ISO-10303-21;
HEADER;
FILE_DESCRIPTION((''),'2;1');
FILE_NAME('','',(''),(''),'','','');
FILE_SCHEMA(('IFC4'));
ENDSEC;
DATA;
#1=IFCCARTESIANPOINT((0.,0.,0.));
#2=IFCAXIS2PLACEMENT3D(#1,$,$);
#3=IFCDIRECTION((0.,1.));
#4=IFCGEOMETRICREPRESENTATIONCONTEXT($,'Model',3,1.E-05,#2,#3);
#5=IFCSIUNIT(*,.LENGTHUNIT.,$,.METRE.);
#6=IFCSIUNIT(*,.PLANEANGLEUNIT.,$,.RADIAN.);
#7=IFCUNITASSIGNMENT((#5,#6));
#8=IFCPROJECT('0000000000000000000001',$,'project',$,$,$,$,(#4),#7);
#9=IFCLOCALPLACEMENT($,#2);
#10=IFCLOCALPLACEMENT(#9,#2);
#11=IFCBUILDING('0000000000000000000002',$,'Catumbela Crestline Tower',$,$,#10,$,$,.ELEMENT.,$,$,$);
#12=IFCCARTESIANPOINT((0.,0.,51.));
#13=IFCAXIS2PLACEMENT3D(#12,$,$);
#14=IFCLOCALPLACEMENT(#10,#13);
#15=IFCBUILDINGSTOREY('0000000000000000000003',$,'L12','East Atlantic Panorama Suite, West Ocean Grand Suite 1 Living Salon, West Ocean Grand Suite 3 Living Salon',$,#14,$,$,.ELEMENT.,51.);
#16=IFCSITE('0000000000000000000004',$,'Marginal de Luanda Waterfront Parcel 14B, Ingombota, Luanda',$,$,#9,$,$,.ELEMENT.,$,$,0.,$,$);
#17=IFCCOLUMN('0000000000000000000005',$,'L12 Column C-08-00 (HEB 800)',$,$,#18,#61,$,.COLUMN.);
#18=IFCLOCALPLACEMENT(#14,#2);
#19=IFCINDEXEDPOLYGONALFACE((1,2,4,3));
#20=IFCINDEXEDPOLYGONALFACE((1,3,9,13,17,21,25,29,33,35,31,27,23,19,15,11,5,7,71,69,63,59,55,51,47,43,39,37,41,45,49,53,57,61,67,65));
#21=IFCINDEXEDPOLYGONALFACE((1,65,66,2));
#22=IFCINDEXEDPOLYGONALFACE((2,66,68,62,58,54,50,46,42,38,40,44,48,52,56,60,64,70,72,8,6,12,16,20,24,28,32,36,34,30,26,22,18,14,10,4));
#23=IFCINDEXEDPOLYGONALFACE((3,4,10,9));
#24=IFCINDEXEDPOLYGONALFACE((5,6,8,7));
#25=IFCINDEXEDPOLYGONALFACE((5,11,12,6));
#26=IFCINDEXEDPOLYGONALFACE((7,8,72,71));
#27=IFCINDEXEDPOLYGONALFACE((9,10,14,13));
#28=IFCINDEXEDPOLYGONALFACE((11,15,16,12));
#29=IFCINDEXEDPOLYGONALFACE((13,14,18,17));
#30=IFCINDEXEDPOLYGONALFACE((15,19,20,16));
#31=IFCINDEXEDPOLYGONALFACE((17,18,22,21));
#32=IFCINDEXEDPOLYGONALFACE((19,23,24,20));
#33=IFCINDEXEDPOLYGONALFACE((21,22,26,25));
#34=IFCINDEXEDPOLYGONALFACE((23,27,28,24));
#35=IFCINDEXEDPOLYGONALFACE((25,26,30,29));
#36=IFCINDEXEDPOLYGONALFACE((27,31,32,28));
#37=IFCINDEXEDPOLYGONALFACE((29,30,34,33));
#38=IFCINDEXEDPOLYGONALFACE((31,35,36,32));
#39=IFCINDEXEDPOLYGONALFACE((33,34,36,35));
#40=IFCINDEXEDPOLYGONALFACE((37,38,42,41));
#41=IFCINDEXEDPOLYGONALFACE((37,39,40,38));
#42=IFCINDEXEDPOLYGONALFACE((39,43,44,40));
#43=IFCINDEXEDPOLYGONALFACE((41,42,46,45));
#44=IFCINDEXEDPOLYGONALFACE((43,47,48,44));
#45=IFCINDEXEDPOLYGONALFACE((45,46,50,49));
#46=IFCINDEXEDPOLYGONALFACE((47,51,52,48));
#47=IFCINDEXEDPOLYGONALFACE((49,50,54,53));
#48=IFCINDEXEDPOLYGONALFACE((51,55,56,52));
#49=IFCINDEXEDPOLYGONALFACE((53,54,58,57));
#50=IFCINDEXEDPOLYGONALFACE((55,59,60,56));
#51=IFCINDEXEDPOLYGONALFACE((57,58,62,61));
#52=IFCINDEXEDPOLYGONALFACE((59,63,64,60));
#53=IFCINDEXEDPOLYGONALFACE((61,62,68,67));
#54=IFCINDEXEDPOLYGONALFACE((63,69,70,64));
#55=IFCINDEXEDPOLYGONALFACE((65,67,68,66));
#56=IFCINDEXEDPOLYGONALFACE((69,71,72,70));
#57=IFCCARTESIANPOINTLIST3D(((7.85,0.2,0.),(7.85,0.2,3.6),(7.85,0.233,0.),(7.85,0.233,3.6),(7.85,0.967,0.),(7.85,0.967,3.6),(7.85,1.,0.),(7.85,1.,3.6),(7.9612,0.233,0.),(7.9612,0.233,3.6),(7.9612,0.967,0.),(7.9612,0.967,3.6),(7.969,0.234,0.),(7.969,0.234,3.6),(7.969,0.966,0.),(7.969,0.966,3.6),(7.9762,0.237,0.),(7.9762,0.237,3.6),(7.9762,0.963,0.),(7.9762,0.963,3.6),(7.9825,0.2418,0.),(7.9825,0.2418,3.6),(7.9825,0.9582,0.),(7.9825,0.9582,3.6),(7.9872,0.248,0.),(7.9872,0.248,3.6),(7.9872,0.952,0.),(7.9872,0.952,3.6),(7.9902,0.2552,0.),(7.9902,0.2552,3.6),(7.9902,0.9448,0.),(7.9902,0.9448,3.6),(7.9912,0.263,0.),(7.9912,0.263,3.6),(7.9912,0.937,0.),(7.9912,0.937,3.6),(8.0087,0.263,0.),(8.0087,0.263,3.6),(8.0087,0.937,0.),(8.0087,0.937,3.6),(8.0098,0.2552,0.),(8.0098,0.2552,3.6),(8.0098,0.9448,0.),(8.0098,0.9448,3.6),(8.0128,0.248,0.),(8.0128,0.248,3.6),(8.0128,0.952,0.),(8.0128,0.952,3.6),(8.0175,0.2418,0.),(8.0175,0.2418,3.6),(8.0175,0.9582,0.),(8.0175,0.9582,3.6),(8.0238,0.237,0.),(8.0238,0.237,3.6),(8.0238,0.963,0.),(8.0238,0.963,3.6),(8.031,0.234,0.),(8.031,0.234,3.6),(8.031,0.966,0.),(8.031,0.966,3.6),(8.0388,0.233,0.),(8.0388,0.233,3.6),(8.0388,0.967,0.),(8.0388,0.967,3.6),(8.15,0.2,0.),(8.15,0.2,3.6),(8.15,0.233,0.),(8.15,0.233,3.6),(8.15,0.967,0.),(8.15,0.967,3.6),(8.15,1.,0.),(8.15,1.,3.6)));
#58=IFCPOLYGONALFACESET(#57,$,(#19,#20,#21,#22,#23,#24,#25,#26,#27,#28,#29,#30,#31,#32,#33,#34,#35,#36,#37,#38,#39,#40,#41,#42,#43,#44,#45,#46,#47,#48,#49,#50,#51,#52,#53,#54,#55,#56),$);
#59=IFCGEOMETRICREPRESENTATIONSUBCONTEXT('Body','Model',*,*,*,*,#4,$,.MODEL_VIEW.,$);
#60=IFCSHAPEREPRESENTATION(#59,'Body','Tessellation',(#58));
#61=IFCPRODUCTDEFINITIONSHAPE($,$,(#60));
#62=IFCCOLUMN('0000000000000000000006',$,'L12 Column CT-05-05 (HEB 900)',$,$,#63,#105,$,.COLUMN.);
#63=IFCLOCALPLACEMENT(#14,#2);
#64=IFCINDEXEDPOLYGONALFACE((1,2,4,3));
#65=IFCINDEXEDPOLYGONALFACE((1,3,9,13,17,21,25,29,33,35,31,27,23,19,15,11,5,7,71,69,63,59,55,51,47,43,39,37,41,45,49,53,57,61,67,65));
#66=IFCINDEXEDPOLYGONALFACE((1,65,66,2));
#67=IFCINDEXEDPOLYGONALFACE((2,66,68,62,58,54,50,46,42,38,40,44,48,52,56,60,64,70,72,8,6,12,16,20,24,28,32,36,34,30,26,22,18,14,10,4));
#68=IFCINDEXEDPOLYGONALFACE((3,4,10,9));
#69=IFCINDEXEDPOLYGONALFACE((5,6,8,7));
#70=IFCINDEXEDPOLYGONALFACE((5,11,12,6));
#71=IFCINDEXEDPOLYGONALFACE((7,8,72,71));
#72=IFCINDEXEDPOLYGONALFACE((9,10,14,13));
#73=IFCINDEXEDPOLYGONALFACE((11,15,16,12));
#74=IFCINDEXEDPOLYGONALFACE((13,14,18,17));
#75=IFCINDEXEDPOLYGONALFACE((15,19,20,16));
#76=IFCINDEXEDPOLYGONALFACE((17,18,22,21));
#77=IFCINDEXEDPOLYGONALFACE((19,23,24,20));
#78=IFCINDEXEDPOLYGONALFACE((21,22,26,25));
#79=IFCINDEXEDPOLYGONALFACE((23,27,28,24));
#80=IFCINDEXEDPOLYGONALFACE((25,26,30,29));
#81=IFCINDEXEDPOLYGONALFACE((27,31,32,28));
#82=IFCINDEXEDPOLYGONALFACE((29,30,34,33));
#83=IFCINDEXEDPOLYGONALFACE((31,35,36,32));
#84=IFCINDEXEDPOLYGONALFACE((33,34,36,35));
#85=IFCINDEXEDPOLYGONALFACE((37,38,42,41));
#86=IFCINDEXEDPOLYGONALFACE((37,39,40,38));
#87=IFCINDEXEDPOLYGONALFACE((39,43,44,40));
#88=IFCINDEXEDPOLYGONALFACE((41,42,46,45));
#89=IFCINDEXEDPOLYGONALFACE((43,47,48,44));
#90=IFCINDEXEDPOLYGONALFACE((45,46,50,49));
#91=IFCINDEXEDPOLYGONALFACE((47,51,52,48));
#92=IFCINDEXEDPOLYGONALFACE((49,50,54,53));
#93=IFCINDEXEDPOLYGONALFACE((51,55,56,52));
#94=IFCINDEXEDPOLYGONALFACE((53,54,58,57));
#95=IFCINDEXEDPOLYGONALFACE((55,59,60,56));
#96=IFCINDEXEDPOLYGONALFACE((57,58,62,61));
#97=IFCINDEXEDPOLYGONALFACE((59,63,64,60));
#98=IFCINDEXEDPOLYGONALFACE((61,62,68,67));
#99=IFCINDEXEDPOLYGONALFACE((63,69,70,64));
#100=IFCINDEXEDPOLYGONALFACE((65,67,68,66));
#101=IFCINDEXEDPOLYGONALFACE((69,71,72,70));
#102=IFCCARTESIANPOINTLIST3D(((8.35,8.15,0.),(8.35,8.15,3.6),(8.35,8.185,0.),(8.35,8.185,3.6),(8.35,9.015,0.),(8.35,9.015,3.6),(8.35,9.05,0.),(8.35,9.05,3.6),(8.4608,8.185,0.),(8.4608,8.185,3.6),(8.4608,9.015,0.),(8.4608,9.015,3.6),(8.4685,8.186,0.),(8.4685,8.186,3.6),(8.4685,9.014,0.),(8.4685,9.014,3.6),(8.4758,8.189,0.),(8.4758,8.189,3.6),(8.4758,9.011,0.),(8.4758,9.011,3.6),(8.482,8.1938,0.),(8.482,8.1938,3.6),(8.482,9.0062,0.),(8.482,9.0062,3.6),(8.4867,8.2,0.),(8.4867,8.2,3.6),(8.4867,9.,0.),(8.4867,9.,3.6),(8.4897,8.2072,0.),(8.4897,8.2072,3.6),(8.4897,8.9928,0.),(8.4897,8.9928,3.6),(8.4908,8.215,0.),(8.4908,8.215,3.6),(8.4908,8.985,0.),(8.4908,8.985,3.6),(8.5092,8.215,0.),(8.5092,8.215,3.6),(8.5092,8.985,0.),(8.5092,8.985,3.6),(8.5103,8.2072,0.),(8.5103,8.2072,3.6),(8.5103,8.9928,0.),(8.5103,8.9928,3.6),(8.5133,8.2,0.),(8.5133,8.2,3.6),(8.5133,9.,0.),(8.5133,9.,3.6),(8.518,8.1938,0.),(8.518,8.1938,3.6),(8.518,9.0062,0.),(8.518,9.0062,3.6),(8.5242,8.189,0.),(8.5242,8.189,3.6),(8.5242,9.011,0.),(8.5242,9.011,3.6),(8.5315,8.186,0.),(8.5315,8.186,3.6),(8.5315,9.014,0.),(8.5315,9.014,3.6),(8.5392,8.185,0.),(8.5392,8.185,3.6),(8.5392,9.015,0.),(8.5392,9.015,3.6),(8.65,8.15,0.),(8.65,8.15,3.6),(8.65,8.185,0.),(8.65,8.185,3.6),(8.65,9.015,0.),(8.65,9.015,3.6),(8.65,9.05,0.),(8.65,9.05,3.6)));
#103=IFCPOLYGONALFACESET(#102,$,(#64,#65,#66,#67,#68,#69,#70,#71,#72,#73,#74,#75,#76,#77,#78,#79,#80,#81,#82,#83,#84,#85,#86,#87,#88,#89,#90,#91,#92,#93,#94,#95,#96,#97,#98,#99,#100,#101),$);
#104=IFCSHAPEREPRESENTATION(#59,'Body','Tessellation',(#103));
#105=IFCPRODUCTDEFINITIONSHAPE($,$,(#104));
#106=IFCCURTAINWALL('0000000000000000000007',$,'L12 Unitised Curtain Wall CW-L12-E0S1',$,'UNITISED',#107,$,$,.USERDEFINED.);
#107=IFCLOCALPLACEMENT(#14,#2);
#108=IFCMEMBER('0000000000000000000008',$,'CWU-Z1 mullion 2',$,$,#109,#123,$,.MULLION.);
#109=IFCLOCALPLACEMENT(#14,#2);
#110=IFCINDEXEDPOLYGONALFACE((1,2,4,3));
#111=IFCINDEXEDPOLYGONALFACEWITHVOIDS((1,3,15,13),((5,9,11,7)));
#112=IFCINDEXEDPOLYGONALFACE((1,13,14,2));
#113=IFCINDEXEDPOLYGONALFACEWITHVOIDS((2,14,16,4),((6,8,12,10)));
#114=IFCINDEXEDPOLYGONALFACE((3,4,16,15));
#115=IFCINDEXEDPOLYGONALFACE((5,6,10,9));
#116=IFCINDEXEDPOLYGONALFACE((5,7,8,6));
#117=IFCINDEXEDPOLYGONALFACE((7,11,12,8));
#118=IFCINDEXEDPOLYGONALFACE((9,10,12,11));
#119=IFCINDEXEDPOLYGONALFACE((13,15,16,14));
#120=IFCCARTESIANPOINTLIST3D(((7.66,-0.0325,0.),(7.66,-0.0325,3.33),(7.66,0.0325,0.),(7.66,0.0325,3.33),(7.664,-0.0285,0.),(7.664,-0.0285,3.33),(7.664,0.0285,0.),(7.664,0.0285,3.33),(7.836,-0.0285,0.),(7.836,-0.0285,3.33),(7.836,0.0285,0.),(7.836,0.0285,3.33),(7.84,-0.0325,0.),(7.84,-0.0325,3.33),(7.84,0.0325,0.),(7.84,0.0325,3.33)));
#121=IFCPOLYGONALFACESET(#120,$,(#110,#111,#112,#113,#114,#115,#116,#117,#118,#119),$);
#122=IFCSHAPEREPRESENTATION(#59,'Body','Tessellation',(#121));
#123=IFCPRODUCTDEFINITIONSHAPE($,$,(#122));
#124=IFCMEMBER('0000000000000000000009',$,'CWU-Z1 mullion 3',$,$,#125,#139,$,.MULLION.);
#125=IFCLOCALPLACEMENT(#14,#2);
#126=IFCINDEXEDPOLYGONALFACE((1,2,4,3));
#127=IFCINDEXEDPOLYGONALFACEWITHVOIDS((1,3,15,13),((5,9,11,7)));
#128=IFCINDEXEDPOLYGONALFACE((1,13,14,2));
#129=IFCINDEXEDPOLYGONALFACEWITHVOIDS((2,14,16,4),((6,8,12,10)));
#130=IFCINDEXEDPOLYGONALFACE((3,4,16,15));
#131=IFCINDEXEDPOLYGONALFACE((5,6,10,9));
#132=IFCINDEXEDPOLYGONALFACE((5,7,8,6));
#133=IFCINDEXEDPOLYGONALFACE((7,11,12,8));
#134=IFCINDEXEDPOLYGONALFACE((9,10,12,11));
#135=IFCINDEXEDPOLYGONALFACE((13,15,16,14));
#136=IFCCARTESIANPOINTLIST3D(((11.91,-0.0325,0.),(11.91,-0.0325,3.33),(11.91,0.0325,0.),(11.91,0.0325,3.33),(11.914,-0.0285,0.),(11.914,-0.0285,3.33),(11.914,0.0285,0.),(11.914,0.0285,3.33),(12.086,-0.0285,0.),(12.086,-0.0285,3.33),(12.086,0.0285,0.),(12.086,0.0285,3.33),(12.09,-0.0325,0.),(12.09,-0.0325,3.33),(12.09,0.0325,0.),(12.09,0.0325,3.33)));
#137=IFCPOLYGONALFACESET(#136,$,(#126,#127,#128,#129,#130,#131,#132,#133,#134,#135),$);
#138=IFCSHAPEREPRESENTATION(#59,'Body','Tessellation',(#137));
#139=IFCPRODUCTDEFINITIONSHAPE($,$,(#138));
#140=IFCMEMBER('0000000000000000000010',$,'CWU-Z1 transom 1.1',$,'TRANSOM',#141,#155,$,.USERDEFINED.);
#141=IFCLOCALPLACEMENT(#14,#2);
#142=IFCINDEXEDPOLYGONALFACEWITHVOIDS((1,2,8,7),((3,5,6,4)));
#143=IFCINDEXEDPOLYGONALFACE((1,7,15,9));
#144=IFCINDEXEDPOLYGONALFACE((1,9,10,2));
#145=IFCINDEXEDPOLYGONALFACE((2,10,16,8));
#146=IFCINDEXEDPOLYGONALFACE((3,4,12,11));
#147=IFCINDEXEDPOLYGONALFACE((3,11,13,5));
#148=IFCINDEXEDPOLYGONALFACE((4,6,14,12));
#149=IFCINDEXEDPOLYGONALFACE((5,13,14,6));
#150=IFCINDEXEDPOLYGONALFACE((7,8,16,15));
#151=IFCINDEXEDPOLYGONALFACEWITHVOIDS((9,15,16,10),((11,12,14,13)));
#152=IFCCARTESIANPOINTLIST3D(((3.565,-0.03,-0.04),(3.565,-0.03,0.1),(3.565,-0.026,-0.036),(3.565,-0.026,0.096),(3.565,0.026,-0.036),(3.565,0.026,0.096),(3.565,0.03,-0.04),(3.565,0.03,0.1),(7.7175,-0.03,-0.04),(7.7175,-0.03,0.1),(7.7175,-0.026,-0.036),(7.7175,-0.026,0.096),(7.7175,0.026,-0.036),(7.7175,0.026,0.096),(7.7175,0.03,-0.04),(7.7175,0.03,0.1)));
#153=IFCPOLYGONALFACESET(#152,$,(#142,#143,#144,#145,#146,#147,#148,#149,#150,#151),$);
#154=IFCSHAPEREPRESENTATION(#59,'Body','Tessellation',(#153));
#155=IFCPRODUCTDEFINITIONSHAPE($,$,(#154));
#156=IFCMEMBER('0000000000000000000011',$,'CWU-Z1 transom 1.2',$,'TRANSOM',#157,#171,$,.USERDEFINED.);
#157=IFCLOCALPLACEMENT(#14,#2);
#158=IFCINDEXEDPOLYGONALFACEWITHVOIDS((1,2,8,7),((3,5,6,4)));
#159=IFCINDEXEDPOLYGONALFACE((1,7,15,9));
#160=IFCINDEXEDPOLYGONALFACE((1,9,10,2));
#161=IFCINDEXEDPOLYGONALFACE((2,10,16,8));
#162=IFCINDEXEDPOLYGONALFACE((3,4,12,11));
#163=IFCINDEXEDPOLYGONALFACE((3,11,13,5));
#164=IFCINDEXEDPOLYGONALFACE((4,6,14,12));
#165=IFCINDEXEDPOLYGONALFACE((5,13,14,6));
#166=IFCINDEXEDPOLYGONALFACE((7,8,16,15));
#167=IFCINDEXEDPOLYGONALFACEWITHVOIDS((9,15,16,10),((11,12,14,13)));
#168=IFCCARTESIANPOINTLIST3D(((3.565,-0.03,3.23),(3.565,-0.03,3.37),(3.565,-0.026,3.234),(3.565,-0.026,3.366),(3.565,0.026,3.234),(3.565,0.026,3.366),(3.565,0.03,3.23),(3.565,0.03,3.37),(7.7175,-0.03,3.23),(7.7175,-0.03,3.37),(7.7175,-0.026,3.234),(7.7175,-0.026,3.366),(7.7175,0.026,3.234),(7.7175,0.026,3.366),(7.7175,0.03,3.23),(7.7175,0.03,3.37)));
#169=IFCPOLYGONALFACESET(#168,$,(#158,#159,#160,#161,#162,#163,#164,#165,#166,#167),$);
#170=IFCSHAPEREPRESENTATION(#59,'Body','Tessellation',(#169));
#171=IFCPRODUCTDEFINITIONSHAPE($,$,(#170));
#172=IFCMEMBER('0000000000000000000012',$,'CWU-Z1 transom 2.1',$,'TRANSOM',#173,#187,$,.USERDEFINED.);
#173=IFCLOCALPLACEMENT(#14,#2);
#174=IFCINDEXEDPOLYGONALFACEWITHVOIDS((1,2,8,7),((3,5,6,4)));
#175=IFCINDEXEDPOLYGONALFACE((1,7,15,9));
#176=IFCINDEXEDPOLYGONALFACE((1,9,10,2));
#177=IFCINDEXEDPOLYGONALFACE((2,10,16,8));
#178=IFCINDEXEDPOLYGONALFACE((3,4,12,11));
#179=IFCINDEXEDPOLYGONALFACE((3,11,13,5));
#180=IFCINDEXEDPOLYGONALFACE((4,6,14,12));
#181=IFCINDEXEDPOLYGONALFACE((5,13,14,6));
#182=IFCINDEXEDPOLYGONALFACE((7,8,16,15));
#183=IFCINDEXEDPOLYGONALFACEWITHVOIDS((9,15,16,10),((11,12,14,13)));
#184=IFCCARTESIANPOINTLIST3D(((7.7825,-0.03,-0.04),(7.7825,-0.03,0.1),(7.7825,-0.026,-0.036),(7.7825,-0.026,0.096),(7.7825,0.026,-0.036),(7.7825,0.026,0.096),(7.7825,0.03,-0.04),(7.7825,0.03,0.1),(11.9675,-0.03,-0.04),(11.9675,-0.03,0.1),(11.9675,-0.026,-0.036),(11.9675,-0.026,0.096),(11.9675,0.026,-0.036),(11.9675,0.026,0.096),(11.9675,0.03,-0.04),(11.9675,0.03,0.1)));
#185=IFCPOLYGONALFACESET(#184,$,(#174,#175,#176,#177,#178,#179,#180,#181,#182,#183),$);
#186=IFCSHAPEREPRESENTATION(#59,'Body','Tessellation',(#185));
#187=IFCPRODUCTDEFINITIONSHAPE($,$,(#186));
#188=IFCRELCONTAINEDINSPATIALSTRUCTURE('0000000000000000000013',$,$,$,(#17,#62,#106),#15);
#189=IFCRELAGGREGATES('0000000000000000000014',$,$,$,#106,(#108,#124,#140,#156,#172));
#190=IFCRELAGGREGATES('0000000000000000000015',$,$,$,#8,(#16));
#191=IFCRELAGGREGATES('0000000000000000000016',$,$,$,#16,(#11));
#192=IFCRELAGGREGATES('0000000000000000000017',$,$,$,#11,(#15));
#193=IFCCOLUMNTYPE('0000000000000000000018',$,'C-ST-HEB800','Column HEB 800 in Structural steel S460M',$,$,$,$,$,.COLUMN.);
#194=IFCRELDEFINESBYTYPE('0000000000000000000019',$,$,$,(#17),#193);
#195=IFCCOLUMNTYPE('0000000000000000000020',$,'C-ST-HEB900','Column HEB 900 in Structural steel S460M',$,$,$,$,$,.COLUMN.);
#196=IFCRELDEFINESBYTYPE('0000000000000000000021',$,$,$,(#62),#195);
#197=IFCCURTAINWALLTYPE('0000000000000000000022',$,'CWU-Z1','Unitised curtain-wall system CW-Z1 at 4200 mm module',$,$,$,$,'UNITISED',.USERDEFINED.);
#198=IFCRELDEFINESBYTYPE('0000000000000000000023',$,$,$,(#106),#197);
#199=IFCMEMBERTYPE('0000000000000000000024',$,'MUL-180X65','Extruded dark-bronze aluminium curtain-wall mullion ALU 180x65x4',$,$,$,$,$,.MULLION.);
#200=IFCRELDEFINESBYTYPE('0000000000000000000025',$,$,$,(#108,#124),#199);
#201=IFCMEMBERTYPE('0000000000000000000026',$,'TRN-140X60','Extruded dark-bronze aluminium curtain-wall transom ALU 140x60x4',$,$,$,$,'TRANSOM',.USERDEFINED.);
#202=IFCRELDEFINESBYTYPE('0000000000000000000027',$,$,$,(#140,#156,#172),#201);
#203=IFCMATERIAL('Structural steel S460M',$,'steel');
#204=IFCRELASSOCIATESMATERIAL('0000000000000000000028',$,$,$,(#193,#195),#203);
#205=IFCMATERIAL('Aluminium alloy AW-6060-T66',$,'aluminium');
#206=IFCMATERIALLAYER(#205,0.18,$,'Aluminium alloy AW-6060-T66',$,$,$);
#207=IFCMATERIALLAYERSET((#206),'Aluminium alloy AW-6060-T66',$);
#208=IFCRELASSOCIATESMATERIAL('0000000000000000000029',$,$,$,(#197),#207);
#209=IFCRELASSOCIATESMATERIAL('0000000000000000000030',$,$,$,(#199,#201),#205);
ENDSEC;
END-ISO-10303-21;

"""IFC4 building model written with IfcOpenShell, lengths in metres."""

from ifc_helpers import new_model, si_unit, direction, frame, origin, origin_2d, place, context, subcontext, project, spatial, hollow_rectangle, i_section, extrude, material, layer, layer_set, material_profile, profile_set, type_object, element, aggregate, save


model = new_model("IFC4")

# Units and contexts
model_context = context("Model", 3, precision=1e-05, world=origin(), true_north=direction((0.0, 1.0)))
body_context = subcontext(model_context, "Body", "Model", "MODEL_VIEW")
ifc_project = project(units=[si_unit("LENGTHUNIT", "METRE"), si_unit("PLANEANGLEUNIT", "RADIAN")], contexts=[model_context])

# Site, building, storey
site_placement = place(None, origin())
site = spatial("IfcSite", under=ifc_project, at=site_placement, Name="Marginal de Luanda Waterfront Parcel 14B, Ingombota, Luanda", CompositionType="ELEMENT", RefElevation=0.0)
building_placement = place(site_placement, origin())
building = spatial("IfcBuilding", under=site, at=building_placement, Name="Catumbela Crestline Tower", CompositionType="ELEMENT")
storey_placement = place(building_placement, frame((0.0, 0.0, 51.0)))
storey = spatial("IfcBuildingStorey", under=building, at=storey_placement, Name="L12", Description="East Atlantic Panorama Suite, West Ocean Grand Suite 1 Living Salon, West Ocean Grand Suite 3 Living Salon", CompositionType="ELEMENT", Elevation=51.0)

# Columns
ifc_material_1 = material(Name="Structural steel S460M", Category="steel")
ifc_material_profile_1 = material_profile(ifc_material_1, i_section(OverallWidth=0.3, OverallDepth=0.8, WebThickness=0.0175, FlangeThickness=0.033, FilletRadius=0.03, at=origin_2d()), Name="HEB 800")
ifc_profile_set_1 = profile_set([ifc_material_profile_1], Name="Structural steel S460M")
column_type_1 = type_object("IfcColumnType", Name="C-ST-HEB800", Description="Column HEB 800 in Structural steel S460M", PredefinedType="COLUMN", material=ifc_profile_set_1)
column_1_placement = place(storey_placement, frame((8.0, 0.6, 0.0), z_axis=(0.0, 0.0, 1.0), x_axis=(1.0, 0.0, 0.0)))
element("IfcColumn", 1, at=column_1_placement, inside=storey, type_object=column_type_1, Name="L12 Column C-08-00 (HEB 800)", PredefinedType="COLUMN", context=body_context, shape_type="SweptSolid", body=[
    extrude(i_section(OverallWidth=0.3, OverallDepth=0.8, WebThickness=0.0175, FlangeThickness=0.033, FilletRadius=0.03, at=origin_2d()), origin(), (0.0, 0.0, 1.0), 3.6),
])
ifc_material_profile_2 = material_profile(ifc_material_1, i_section(OverallWidth=0.3, OverallDepth=0.9, WebThickness=0.0185, FlangeThickness=0.035, FilletRadius=0.03, at=origin_2d()), Name="HEB 900")
ifc_profile_set_2 = profile_set([ifc_material_profile_2], Name="Structural steel S460M")
column_type_2 = type_object("IfcColumnType", Name="C-ST-HEB900", Description="Column HEB 900 in Structural steel S460M", PredefinedType="COLUMN", material=ifc_profile_set_2)
column_2_placement = place(storey_placement, frame((8.5, 8.6, 0.0), z_axis=(0.0, 0.0, 1.0), x_axis=(1.0, 0.0, 0.0)))
element("IfcColumn", 2, at=column_2_placement, inside=storey, type_object=column_type_2, Name="L12 Column CT-05-05 (HEB 900)", PredefinedType="COLUMN", context=body_context, shape_type="SweptSolid", body=[
    extrude(i_section(OverallWidth=0.3, OverallDepth=0.9, WebThickness=0.0185, FlangeThickness=0.035, FilletRadius=0.03, at=origin_2d()), origin(), (0.0, 0.0, 1.0), 3.6),
])

# Curtain wall, members
ifc_material_2 = material(Name="Aluminium alloy AW-6060-T66", Category="aluminium")
ifc_layer_1 = layer(ifc_material_2, 0.18, Name="Aluminium alloy AW-6060-T66")
ifc_layer_set_1 = layer_set([ifc_layer_1], Name="Aluminium alloy AW-6060-T66")
curtain_wall_type = type_object("IfcCurtainWallType", Name="CWU-Z1", Description="Unitised curtain-wall system CW-Z1 at 4200 mm module", ElementType="UNITISED", PredefinedType="USERDEFINED", material=ifc_layer_set_1)
curtain_wall_placement = place(storey_placement, origin())
curtain_wall = element("IfcCurtainWall", 3, at=curtain_wall_placement, inside=storey, type_object=curtain_wall_type, Name="L12 Unitised Curtain Wall CW-L12-E0S1", ObjectType="UNITISED", PredefinedType="USERDEFINED")
ifc_material_profile_3 = material_profile(ifc_material_2, hollow_rectangle(XDim=0.065, YDim=0.18, WallThickness=0.004, at=origin_2d()), Name="ALU 180x65x4")
ifc_profile_set_3 = profile_set([ifc_material_profile_3], Name="Aluminium alloy AW-6060-T66")
member_type_1 = type_object("IfcMemberType", Name="MUL-180X65", Description="Extruded dark-bronze aluminium curtain-wall mullion ALU 180x65x4", PredefinedType="MULLION", material=ifc_profile_set_3)
member_1_placement = place(storey_placement, frame((7.75, 0.0, 0.0), z_axis=(0.0, 0.0, 1.0), x_axis=(0.0, 1.0, 0.0)))
member_1 = element("IfcMember", 4, at=member_1_placement, type_object=member_type_1, Name="CWU-Z1 mullion 2", PredefinedType="MULLION", context=body_context, shape_type="SweptSolid", body=[
    extrude(hollow_rectangle(XDim=0.065, YDim=0.18, WallThickness=0.004, at=origin_2d()), origin(), (0.0, 0.0, 1.0), 3.33),
])
member_2_placement = place(storey_placement, frame((12.0, 0.0, 0.0), z_axis=(0.0, 0.0, 1.0), x_axis=(0.0, 1.0, 0.0)))
member_2 = element("IfcMember", 5, at=member_2_placement, type_object=member_type_1, Name="CWU-Z1 mullion 3", PredefinedType="MULLION", context=body_context, shape_type="SweptSolid", body=[
    extrude(hollow_rectangle(XDim=0.065, YDim=0.18, WallThickness=0.004, at=origin_2d()), origin(), (0.0, 0.0, 1.0), 3.33),
])
ifc_material_profile_4 = material_profile(ifc_material_2, hollow_rectangle(XDim=0.06, YDim=0.14, WallThickness=0.004, at=origin_2d()), Name="ALU 140x60x4")
ifc_profile_set_4 = profile_set([ifc_material_profile_4], Name="Aluminium alloy AW-6060-T66")
member_type_2 = type_object("IfcMemberType", Name="TRN-140X60", Description="Extruded dark-bronze aluminium curtain-wall transom ALU 140x60x4", ElementType="TRANSOM", PredefinedType="USERDEFINED", material=ifc_profile_set_4)
member_3_placement = place(storey_placement, frame((3.565, 0.0, 0.03), z_axis=(1.0, 0.0, 0.0), x_axis=(0.0, 1.0, 0.0)))
member_3 = element("IfcMember", 6, at=member_3_placement, type_object=member_type_2, Name="CWU-Z1 transom 1.1", ObjectType="TRANSOM", PredefinedType="USERDEFINED", context=body_context, shape_type="SweptSolid", body=[
    extrude(hollow_rectangle(XDim=0.06, YDim=0.14, WallThickness=0.004, at=origin_2d()), origin(), (0.0, 0.0, 1.0), 4.1525),
])
member_4_placement = place(storey_placement, frame((3.565, 0.0, 3.3), z_axis=(1.0, 0.0, 0.0), x_axis=(0.0, 1.0, 0.0)))
member_4 = element("IfcMember", 7, at=member_4_placement, type_object=member_type_2, Name="CWU-Z1 transom 1.2", ObjectType="TRANSOM", PredefinedType="USERDEFINED", context=body_context, shape_type="SweptSolid", body=[
    extrude(hollow_rectangle(XDim=0.06, YDim=0.14, WallThickness=0.004, at=origin_2d()), origin(), (0.0, 0.0, 1.0), 4.1525),
])
member_5_placement = place(storey_placement, frame((7.7825, 0.0, 0.03), z_axis=(1.0, 0.0, 0.0), x_axis=(0.0, 1.0, 0.0)))
member_5 = element("IfcMember", 8, at=member_5_placement, type_object=member_type_2, Name="CWU-Z1 transom 2.1", ObjectType="TRANSOM", PredefinedType="USERDEFINED", context=body_context, shape_type="SweptSolid", body=[
    extrude(hollow_rectangle(XDim=0.06, YDim=0.14, WallThickness=0.004, at=origin_2d()), origin(), (0.0, 0.0, 1.0), 4.185),
])
aggregate(curtain_wall, [member_1, member_2, member_3, member_4, member_5])

save(model, "model.ifc")
